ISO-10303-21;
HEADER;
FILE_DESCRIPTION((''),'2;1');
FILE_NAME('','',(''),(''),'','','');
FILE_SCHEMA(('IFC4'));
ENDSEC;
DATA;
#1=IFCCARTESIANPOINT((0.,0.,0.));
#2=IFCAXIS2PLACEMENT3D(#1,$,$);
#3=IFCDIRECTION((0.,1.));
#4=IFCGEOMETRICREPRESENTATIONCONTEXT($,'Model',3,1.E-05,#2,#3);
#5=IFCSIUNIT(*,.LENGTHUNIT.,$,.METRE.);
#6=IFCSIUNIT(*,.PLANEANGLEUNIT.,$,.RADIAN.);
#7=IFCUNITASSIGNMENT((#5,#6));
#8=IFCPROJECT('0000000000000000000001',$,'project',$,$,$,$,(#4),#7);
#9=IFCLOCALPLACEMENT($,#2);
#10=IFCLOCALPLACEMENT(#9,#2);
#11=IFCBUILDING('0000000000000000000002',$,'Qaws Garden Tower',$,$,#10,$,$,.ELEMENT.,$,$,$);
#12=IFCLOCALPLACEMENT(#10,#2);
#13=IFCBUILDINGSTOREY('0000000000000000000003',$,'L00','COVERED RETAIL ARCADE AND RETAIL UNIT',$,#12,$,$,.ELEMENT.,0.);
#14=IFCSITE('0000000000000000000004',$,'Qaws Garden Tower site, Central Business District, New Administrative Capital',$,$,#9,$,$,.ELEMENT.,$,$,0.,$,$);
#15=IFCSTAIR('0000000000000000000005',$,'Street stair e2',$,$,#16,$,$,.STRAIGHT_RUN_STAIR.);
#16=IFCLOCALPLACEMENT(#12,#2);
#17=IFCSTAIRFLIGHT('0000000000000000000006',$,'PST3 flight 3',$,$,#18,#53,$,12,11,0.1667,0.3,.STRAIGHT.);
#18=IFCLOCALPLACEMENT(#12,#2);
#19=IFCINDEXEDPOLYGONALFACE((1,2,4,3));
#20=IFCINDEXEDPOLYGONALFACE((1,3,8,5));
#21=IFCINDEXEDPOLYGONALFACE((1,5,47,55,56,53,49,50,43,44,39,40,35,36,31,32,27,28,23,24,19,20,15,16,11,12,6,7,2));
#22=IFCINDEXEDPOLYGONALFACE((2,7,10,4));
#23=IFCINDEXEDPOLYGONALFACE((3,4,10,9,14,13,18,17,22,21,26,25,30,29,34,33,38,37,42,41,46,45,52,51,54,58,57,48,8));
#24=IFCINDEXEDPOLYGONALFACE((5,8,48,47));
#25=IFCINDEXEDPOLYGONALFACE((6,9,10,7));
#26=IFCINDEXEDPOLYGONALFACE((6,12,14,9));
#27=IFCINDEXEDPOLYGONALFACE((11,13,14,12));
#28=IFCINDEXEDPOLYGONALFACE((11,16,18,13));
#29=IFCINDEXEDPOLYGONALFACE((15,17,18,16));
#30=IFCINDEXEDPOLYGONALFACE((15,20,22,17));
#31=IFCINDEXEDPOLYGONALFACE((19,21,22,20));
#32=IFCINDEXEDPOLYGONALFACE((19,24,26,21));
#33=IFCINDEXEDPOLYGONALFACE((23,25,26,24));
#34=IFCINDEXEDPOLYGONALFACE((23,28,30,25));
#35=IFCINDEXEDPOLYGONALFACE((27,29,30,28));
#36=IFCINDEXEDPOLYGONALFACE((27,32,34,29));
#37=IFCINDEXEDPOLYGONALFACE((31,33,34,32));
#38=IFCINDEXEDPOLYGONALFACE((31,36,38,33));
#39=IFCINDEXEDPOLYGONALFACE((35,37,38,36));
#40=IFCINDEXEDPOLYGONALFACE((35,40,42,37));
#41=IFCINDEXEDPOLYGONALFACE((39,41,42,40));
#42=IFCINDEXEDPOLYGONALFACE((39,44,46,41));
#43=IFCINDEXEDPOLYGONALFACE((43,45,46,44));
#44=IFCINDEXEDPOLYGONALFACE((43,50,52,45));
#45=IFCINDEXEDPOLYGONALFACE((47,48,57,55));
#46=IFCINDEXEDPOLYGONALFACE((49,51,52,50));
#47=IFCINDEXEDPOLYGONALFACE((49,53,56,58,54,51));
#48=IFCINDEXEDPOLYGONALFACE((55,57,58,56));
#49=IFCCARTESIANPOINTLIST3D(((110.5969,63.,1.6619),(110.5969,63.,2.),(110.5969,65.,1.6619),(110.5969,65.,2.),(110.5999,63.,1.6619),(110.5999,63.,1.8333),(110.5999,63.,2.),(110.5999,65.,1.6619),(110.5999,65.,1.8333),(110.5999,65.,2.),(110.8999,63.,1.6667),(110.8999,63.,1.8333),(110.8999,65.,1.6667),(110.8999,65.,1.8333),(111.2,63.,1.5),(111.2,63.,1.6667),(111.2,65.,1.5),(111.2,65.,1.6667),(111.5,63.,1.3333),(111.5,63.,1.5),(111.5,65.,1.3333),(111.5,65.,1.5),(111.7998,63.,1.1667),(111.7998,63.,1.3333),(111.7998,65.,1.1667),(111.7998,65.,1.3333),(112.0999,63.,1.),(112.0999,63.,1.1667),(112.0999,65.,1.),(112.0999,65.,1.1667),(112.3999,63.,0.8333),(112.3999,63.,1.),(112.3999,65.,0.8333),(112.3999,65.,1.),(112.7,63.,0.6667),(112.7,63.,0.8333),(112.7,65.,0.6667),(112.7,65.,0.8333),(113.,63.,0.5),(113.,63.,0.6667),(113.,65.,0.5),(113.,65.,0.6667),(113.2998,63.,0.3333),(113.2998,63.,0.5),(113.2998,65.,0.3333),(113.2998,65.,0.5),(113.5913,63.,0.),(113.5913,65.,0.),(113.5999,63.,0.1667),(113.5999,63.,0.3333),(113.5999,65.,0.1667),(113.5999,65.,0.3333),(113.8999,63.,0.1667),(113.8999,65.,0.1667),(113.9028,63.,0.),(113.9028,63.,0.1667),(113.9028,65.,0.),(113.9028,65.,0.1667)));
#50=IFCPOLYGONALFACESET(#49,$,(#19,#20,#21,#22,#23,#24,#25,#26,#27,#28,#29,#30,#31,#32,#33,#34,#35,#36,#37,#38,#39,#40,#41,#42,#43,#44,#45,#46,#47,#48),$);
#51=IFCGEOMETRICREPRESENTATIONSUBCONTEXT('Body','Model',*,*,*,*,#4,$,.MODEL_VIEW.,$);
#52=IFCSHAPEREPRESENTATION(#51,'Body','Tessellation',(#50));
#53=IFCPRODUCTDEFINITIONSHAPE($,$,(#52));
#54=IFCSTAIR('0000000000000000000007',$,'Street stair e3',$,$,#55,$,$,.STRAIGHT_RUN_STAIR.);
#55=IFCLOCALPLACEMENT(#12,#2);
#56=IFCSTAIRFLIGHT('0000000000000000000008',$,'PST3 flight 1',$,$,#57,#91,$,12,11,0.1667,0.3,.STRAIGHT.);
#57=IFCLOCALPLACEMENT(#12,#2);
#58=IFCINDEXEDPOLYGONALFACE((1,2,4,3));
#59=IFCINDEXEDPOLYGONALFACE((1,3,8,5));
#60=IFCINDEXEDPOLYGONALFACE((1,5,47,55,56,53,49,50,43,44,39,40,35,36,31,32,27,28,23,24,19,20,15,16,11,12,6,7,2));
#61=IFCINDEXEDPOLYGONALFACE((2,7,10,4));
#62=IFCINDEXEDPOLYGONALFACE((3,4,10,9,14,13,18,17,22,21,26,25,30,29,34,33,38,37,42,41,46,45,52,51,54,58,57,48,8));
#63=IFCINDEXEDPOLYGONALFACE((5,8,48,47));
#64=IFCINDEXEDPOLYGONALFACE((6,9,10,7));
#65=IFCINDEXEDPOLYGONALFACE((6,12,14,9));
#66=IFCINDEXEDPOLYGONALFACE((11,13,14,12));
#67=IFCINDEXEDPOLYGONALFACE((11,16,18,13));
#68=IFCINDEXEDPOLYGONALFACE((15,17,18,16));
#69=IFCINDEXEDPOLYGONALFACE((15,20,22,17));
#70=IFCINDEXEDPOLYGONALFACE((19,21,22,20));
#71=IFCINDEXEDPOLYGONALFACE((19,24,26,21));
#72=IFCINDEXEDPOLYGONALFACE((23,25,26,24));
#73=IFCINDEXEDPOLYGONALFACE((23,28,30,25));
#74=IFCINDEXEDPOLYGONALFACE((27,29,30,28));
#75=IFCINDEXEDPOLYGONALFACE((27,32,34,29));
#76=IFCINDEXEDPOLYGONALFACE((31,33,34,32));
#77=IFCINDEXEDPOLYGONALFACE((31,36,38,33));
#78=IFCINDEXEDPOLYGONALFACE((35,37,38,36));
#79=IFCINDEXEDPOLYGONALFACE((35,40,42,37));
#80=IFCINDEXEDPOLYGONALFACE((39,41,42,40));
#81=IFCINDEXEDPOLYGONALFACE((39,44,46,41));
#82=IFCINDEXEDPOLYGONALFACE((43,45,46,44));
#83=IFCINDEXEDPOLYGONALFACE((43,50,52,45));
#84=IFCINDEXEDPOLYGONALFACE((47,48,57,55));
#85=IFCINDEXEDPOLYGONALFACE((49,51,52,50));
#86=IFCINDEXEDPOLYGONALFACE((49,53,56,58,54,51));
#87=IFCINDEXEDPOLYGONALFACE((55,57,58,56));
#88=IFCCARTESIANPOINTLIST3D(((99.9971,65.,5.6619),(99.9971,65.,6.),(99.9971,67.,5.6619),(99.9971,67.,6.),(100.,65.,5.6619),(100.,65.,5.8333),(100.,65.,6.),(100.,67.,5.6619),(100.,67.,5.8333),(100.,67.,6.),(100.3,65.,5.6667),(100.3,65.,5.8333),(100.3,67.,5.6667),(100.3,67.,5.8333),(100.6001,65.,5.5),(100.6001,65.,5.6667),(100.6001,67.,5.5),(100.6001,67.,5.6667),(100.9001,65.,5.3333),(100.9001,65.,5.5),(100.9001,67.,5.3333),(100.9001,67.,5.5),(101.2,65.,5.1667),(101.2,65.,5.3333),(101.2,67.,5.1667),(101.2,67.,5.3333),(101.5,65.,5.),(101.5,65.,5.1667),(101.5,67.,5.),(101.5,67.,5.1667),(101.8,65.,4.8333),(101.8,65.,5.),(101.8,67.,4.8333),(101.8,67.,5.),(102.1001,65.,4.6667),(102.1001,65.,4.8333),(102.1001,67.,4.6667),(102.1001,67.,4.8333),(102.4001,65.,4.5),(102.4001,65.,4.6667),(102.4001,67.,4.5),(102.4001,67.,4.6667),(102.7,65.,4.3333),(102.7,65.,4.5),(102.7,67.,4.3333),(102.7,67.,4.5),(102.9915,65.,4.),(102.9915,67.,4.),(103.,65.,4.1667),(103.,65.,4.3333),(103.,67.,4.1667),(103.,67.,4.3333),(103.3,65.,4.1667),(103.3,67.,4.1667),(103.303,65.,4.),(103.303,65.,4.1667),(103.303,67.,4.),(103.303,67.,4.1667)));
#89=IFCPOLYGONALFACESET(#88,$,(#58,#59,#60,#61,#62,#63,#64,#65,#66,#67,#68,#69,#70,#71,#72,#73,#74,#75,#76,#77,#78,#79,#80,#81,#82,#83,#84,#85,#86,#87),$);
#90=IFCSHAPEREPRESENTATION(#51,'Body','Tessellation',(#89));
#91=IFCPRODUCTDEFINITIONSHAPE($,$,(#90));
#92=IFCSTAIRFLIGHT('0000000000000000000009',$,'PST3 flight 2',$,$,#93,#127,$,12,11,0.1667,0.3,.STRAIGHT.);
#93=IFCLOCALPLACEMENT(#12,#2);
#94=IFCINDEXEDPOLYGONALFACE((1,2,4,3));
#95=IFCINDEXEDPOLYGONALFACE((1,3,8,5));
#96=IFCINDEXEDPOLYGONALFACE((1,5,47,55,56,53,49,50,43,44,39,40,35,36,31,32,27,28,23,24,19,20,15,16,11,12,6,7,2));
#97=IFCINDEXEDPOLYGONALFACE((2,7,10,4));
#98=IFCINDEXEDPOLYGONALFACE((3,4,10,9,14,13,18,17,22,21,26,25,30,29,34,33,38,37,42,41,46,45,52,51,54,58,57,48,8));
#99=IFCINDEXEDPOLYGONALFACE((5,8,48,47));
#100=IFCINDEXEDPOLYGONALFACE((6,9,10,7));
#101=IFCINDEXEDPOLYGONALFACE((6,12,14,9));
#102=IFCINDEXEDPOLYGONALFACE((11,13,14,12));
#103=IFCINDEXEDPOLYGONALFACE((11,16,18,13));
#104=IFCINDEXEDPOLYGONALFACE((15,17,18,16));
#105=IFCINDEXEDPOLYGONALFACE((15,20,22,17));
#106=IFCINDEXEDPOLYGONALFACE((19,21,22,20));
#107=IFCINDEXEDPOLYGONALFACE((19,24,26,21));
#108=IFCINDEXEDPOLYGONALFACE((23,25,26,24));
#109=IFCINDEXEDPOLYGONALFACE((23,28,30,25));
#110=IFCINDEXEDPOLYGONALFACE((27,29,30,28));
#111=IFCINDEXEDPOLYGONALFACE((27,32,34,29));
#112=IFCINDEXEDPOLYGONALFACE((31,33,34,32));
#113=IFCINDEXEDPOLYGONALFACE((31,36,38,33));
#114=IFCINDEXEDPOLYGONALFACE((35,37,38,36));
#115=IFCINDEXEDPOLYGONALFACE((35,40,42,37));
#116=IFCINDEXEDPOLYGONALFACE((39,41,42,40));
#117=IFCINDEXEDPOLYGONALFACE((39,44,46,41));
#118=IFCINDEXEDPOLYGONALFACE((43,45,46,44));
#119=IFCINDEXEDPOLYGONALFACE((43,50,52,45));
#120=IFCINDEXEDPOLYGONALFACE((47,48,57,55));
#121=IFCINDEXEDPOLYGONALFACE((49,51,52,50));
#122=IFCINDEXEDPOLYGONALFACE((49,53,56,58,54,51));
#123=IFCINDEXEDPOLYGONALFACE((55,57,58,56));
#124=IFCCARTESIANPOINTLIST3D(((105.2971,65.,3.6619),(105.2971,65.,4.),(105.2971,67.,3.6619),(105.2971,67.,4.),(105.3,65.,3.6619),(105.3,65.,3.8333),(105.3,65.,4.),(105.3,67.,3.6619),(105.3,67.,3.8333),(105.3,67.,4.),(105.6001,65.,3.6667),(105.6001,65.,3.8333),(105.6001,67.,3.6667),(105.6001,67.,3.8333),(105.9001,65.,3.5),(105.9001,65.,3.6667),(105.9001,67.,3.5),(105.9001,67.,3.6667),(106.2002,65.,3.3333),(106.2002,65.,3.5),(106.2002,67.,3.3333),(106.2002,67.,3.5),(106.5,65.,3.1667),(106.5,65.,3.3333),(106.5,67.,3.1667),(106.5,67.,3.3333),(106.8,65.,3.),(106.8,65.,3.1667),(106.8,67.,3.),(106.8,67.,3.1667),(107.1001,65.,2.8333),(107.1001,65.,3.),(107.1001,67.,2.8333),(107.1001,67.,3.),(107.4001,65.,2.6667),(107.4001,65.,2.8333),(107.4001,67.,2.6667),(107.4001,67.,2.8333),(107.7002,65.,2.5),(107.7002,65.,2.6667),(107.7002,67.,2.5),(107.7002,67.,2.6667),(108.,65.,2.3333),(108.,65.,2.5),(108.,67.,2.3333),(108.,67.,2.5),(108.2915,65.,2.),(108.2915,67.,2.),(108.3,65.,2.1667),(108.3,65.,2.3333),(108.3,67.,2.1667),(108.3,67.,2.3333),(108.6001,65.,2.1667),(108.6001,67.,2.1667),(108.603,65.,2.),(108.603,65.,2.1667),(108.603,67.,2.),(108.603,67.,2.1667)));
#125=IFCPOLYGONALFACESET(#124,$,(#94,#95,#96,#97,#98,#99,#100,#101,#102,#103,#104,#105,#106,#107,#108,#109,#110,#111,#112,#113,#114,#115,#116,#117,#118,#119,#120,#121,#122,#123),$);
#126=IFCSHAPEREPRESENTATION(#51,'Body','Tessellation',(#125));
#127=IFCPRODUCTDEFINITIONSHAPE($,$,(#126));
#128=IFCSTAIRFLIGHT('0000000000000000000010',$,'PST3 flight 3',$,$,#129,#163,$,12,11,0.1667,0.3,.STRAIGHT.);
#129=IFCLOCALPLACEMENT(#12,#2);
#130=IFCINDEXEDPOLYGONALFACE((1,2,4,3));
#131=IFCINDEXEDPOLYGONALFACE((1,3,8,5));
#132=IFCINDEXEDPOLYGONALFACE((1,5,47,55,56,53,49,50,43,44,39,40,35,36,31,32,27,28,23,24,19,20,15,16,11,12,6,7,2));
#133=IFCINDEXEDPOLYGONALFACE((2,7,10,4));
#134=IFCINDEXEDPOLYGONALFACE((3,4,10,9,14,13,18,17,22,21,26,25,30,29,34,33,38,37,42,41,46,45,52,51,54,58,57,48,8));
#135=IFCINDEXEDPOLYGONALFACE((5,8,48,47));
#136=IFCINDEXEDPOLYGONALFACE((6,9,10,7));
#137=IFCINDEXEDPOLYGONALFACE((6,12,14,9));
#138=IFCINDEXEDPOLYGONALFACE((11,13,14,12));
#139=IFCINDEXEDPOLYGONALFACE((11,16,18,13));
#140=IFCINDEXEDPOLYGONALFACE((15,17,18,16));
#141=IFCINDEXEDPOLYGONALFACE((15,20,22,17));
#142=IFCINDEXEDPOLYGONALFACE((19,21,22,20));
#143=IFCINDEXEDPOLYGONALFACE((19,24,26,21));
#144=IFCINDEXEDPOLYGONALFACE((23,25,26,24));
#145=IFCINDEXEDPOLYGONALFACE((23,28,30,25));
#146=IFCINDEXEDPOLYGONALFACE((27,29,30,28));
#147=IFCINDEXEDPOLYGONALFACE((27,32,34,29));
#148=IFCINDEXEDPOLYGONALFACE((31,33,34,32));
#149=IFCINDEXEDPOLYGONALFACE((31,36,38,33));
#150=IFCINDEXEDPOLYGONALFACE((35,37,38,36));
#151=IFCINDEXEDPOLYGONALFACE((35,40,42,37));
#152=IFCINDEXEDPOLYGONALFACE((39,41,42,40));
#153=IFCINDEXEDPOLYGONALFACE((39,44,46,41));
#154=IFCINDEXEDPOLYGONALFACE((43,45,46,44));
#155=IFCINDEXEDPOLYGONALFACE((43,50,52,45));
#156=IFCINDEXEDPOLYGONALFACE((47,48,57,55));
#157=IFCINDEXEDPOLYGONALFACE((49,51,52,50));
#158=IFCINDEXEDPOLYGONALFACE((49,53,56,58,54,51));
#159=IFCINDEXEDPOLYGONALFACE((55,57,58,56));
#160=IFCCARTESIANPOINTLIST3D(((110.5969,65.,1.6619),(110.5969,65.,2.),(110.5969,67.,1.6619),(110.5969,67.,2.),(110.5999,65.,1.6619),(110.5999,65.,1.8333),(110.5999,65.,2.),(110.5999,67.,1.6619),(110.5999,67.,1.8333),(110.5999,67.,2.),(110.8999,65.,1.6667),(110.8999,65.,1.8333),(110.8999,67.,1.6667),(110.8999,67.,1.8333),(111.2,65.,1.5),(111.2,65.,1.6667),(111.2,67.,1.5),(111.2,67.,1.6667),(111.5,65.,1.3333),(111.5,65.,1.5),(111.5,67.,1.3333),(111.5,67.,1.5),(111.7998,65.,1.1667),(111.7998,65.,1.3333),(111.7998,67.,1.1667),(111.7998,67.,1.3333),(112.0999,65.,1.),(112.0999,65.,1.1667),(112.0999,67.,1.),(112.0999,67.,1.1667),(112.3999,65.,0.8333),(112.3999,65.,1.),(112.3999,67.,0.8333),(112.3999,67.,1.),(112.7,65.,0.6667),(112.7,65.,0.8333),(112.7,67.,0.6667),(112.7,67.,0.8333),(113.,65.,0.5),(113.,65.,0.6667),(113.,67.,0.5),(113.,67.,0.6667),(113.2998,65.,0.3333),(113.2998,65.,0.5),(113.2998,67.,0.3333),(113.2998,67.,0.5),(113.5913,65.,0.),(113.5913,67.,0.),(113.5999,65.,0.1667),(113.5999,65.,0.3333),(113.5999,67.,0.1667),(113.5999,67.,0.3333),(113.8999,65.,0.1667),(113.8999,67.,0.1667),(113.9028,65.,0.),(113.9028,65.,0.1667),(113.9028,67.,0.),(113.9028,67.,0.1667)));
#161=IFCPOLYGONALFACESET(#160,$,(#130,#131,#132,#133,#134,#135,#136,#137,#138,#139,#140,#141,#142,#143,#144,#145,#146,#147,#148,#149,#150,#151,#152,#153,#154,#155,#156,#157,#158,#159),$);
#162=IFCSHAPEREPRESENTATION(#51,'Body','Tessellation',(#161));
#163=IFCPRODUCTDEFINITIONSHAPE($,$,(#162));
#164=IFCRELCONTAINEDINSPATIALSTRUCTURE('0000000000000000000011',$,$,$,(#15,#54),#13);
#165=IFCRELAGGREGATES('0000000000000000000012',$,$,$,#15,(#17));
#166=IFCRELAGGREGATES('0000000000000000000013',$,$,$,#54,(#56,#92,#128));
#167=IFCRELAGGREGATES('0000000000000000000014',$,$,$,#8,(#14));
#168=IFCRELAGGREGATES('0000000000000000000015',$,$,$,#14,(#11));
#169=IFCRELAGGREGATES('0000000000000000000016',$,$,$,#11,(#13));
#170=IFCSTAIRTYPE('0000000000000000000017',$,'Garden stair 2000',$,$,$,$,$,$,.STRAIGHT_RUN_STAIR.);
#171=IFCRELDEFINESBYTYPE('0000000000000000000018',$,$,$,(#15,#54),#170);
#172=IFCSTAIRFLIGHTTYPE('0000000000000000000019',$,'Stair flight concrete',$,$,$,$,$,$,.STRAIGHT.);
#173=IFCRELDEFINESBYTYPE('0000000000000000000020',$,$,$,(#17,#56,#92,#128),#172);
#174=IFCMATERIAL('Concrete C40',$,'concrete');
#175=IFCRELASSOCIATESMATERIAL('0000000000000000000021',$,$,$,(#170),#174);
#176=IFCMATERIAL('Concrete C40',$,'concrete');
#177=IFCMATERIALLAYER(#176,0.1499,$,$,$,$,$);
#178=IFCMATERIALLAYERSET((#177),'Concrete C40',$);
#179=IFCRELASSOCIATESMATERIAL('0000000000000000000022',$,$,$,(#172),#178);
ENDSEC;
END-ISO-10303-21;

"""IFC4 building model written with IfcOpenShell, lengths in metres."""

from ifc_helpers import new_model, si_unit, direction, frame, origin, place, context, subcontext, project, spatial, polyline, outline, extrude, material, layer, layer_set, type_object, element, aggregate, save


model = new_model("IFC4")

# Units and contexts
model_context = context("Model", 3, precision=1e-05, world=origin(), true_north=direction((0.0, 1.0)))
body_context = subcontext(model_context, "Body", "Model", "MODEL_VIEW")
ifc_project = project(units=[si_unit("LENGTHUNIT", "METRE"), si_unit("PLANEANGLEUNIT", "RADIAN")], contexts=[model_context])

# Site, building, storey
site_placement = place(None, origin())
site = spatial("IfcSite", under=ifc_project, at=site_placement, Name="Qaws Garden Tower site, Central Business District, New Administrative Capital", CompositionType="ELEMENT", RefElevation=0.0)
building_placement = place(site_placement, origin())
building = spatial("IfcBuilding", under=site, at=building_placement, Name="Qaws Garden Tower", CompositionType="ELEMENT")
storey_placement = place(building_placement, origin())
storey = spatial("IfcBuildingStorey", under=building, at=storey_placement, Name="L00", Description="COVERED RETAIL ARCADE AND RETAIL UNIT", CompositionType="ELEMENT", Elevation=0.0)

# Stairs, stair flights
ifc_material_1 = material(Name="Concrete C40", Category="concrete")
stair_type = type_object("IfcStairType", Name="Garden stair 2000", PredefinedType="STRAIGHT_RUN_STAIR", material=ifc_material_1)
placement = place(storey_placement, origin())
ifc_material_2 = material(Name="Concrete C40", Category="concrete")
ifc_layer_1 = layer(ifc_material_2, 0.1499)
ifc_layer_set_1 = layer_set([ifc_layer_1], Name="Concrete C40")
stair_flight_type = type_object("IfcStairFlightType", Name="Stair flight concrete", PredefinedType="STRAIGHT", material=ifc_layer_set_1)
stair_1 = element("IfcStair", 1, at=placement, inside=storey, type_object=stair_type, Name="Street stair e2", PredefinedType="STRAIGHT_RUN_STAIR")
stair_flight_1_placement = place(storey_placement, frame((113.8999, 64.0, 0.0), z_axis=(0.0, 0.0, 1.0), x_axis=(-1.0, 0.0, 0.0)))
stair_flight_1 = element("IfcStairFlight", 2, at=stair_flight_1_placement, type_object=stair_flight_type, Name="PST3 flight 3", NumberOfRisers=12, NumberOfTreads=11, PredefinedType="STRAIGHT", RiserHeight=0.1667, TreadLength=0.3, context=body_context, shape_type="SweptSolid", body=[
    extrude(outline(polyline([(-0.0029, 0.0), (-0.0029, 0.1667), (0.0, 0.1667), (0.3, 0.1667), (0.3, 0.3333), (0.6001, 0.3333), (0.6001, 0.5), (0.8999, 0.5), (0.8999, 0.6667), (1.2, 0.6667), (1.2, 0.8333), (1.5, 0.8333), (1.5, 1.0), (1.8, 1.0), (1.8, 1.1667), (2.1001, 1.1667), (2.1001, 1.3333), (2.3999, 1.3333), (2.3999, 1.5), (2.7, 1.5), (2.7, 1.6667), (3.0, 1.6667), (3.0, 1.8333), (3.3, 1.8333), (3.3, 2.0), (3.303, 2.0), (3.303, 1.6619), (3.3, 1.6619), (0.3086, 0.0), (-0.0029, 0.0)])), frame((0.0, 1.0, 0.0), z_axis=(0.0, -1.0, 0.0), x_axis=(1.0, 0.0, 0.0)), (0.0, 0.0, 1.0), 2.0),
])
aggregate(stair_1, [stair_flight_1])
stair_2 = element("IfcStair", 3, at=placement, inside=storey, type_object=stair_type, Name="Street stair e3", PredefinedType="STRAIGHT_RUN_STAIR")
stair_flight_2_placement = place(storey_placement, frame((103.3, 66.0, 4.0), z_axis=(0.0, 0.0, 1.0), x_axis=(-1.0, 0.0, 0.0)))
stair_flight_2 = element("IfcStairFlight", 4, at=stair_flight_2_placement, type_object=stair_flight_type, Name="PST3 flight 1", NumberOfRisers=12, NumberOfTreads=11, PredefinedType="STRAIGHT", RiserHeight=0.1667, TreadLength=0.3, context=body_context, shape_type="SweptSolid", body=[
    extrude(outline(polyline([(-0.0029, 0.0), (-0.0029, 0.1667), (0.0, 0.1667), (0.3, 0.1667), (0.3, 0.3333), (0.6001, 0.3333), (0.6001, 0.5), (0.8999, 0.5), (0.8999, 0.6667), (1.2, 0.6667), (1.2, 0.8333), (1.5, 0.8333), (1.5, 1.0), (1.8, 1.0), (1.8, 1.1667), (2.1001, 1.1667), (2.1001, 1.3333), (2.3999, 1.3333), (2.3999, 1.5), (2.7, 1.5), (2.7, 1.6667), (3.0, 1.6667), (3.0, 1.8333), (3.3, 1.8333), (3.3, 2.0), (3.303, 2.0), (3.303, 1.6619), (3.3, 1.6619), (0.3086, 0.0), (-0.0029, 0.0)])), frame((0.0, 1.0, 0.0), z_axis=(0.0, -1.0, 0.0), x_axis=(1.0, 0.0, 0.0)), (0.0, 0.0, 1.0), 2.0),
])
stair_flight_3_placement = place(storey_placement, frame((108.6001, 66.0, 2.0), z_axis=(0.0, 0.0, 1.0), x_axis=(-1.0, 0.0, 0.0)))
stair_flight_3 = element("IfcStairFlight", 5, at=stair_flight_3_placement, type_object=stair_flight_type, Name="PST3 flight 2", NumberOfRisers=12, NumberOfTreads=11, PredefinedType="STRAIGHT", RiserHeight=0.1667, TreadLength=0.3, context=body_context, shape_type="SweptSolid", body=[
    extrude(outline(polyline([(-0.0029, 0.0), (-0.0029, 0.1667), (0.0, 0.1667), (0.3, 0.1667), (0.3, 0.3333), (0.6001, 0.3333), (0.6001, 0.5), (0.8999, 0.5), (0.8999, 0.6667), (1.2, 0.6667), (1.2, 0.8333), (1.5, 0.8333), (1.5, 1.0), (1.8, 1.0), (1.8, 1.1667), (2.1001, 1.1667), (2.1001, 1.3333), (2.3999, 1.3333), (2.3999, 1.5), (2.7, 1.5), (2.7, 1.6667), (3.0, 1.6667), (3.0, 1.8333), (3.3, 1.8333), (3.3, 2.0), (3.303, 2.0), (3.303, 1.6619), (3.3, 1.6619), (0.3086, 0.0), (-0.0029, 0.0)])), frame((0.0, 1.0, 0.0), z_axis=(0.0, -1.0, 0.0), x_axis=(1.0, 0.0, 0.0)), (0.0, 0.0, 1.0), 2.0),
])
stair_flight_4_placement = place(storey_placement, frame((113.8999, 66.0, 0.0), z_axis=(0.0, 0.0, 1.0), x_axis=(-1.0, 0.0, 0.0)))
stair_flight_4 = element("IfcStairFlight", 6, at=stair_flight_4_placement, type_object=stair_flight_type, Name="PST3 flight 3", NumberOfRisers=12, NumberOfTreads=11, PredefinedType="STRAIGHT", RiserHeight=0.1667, TreadLength=0.3, context=body_context, shape_type="SweptSolid", body=[
    extrude(outline(polyline([(-0.0029, 0.0), (-0.0029, 0.1667), (0.0, 0.1667), (0.3, 0.1667), (0.3, 0.3333), (0.6001, 0.3333), (0.6001, 0.5), (0.8999, 0.5), (0.8999, 0.6667), (1.2, 0.6667), (1.2, 0.8333), (1.5, 0.8333), (1.5, 1.0), (1.8, 1.0), (1.8, 1.1667), (2.1001, 1.1667), (2.1001, 1.3333), (2.3999, 1.3333), (2.3999, 1.5), (2.7, 1.5), (2.7, 1.6667), (3.0, 1.6667), (3.0, 1.8333), (3.3, 1.8333), (3.3, 2.0), (3.303, 2.0), (3.303, 1.6619), (3.3, 1.6619), (0.3086, 0.0), (-0.0029, 0.0)])), frame((0.0, 1.0, 0.0), z_axis=(0.0, -1.0, 0.0), x_axis=(1.0, 0.0, 0.0)), (0.0, 0.0, 1.0), 2.0),
])
aggregate(stair_2, [stair_flight_2, stair_flight_3, stair_flight_4])

save(model, "model.ifc")
